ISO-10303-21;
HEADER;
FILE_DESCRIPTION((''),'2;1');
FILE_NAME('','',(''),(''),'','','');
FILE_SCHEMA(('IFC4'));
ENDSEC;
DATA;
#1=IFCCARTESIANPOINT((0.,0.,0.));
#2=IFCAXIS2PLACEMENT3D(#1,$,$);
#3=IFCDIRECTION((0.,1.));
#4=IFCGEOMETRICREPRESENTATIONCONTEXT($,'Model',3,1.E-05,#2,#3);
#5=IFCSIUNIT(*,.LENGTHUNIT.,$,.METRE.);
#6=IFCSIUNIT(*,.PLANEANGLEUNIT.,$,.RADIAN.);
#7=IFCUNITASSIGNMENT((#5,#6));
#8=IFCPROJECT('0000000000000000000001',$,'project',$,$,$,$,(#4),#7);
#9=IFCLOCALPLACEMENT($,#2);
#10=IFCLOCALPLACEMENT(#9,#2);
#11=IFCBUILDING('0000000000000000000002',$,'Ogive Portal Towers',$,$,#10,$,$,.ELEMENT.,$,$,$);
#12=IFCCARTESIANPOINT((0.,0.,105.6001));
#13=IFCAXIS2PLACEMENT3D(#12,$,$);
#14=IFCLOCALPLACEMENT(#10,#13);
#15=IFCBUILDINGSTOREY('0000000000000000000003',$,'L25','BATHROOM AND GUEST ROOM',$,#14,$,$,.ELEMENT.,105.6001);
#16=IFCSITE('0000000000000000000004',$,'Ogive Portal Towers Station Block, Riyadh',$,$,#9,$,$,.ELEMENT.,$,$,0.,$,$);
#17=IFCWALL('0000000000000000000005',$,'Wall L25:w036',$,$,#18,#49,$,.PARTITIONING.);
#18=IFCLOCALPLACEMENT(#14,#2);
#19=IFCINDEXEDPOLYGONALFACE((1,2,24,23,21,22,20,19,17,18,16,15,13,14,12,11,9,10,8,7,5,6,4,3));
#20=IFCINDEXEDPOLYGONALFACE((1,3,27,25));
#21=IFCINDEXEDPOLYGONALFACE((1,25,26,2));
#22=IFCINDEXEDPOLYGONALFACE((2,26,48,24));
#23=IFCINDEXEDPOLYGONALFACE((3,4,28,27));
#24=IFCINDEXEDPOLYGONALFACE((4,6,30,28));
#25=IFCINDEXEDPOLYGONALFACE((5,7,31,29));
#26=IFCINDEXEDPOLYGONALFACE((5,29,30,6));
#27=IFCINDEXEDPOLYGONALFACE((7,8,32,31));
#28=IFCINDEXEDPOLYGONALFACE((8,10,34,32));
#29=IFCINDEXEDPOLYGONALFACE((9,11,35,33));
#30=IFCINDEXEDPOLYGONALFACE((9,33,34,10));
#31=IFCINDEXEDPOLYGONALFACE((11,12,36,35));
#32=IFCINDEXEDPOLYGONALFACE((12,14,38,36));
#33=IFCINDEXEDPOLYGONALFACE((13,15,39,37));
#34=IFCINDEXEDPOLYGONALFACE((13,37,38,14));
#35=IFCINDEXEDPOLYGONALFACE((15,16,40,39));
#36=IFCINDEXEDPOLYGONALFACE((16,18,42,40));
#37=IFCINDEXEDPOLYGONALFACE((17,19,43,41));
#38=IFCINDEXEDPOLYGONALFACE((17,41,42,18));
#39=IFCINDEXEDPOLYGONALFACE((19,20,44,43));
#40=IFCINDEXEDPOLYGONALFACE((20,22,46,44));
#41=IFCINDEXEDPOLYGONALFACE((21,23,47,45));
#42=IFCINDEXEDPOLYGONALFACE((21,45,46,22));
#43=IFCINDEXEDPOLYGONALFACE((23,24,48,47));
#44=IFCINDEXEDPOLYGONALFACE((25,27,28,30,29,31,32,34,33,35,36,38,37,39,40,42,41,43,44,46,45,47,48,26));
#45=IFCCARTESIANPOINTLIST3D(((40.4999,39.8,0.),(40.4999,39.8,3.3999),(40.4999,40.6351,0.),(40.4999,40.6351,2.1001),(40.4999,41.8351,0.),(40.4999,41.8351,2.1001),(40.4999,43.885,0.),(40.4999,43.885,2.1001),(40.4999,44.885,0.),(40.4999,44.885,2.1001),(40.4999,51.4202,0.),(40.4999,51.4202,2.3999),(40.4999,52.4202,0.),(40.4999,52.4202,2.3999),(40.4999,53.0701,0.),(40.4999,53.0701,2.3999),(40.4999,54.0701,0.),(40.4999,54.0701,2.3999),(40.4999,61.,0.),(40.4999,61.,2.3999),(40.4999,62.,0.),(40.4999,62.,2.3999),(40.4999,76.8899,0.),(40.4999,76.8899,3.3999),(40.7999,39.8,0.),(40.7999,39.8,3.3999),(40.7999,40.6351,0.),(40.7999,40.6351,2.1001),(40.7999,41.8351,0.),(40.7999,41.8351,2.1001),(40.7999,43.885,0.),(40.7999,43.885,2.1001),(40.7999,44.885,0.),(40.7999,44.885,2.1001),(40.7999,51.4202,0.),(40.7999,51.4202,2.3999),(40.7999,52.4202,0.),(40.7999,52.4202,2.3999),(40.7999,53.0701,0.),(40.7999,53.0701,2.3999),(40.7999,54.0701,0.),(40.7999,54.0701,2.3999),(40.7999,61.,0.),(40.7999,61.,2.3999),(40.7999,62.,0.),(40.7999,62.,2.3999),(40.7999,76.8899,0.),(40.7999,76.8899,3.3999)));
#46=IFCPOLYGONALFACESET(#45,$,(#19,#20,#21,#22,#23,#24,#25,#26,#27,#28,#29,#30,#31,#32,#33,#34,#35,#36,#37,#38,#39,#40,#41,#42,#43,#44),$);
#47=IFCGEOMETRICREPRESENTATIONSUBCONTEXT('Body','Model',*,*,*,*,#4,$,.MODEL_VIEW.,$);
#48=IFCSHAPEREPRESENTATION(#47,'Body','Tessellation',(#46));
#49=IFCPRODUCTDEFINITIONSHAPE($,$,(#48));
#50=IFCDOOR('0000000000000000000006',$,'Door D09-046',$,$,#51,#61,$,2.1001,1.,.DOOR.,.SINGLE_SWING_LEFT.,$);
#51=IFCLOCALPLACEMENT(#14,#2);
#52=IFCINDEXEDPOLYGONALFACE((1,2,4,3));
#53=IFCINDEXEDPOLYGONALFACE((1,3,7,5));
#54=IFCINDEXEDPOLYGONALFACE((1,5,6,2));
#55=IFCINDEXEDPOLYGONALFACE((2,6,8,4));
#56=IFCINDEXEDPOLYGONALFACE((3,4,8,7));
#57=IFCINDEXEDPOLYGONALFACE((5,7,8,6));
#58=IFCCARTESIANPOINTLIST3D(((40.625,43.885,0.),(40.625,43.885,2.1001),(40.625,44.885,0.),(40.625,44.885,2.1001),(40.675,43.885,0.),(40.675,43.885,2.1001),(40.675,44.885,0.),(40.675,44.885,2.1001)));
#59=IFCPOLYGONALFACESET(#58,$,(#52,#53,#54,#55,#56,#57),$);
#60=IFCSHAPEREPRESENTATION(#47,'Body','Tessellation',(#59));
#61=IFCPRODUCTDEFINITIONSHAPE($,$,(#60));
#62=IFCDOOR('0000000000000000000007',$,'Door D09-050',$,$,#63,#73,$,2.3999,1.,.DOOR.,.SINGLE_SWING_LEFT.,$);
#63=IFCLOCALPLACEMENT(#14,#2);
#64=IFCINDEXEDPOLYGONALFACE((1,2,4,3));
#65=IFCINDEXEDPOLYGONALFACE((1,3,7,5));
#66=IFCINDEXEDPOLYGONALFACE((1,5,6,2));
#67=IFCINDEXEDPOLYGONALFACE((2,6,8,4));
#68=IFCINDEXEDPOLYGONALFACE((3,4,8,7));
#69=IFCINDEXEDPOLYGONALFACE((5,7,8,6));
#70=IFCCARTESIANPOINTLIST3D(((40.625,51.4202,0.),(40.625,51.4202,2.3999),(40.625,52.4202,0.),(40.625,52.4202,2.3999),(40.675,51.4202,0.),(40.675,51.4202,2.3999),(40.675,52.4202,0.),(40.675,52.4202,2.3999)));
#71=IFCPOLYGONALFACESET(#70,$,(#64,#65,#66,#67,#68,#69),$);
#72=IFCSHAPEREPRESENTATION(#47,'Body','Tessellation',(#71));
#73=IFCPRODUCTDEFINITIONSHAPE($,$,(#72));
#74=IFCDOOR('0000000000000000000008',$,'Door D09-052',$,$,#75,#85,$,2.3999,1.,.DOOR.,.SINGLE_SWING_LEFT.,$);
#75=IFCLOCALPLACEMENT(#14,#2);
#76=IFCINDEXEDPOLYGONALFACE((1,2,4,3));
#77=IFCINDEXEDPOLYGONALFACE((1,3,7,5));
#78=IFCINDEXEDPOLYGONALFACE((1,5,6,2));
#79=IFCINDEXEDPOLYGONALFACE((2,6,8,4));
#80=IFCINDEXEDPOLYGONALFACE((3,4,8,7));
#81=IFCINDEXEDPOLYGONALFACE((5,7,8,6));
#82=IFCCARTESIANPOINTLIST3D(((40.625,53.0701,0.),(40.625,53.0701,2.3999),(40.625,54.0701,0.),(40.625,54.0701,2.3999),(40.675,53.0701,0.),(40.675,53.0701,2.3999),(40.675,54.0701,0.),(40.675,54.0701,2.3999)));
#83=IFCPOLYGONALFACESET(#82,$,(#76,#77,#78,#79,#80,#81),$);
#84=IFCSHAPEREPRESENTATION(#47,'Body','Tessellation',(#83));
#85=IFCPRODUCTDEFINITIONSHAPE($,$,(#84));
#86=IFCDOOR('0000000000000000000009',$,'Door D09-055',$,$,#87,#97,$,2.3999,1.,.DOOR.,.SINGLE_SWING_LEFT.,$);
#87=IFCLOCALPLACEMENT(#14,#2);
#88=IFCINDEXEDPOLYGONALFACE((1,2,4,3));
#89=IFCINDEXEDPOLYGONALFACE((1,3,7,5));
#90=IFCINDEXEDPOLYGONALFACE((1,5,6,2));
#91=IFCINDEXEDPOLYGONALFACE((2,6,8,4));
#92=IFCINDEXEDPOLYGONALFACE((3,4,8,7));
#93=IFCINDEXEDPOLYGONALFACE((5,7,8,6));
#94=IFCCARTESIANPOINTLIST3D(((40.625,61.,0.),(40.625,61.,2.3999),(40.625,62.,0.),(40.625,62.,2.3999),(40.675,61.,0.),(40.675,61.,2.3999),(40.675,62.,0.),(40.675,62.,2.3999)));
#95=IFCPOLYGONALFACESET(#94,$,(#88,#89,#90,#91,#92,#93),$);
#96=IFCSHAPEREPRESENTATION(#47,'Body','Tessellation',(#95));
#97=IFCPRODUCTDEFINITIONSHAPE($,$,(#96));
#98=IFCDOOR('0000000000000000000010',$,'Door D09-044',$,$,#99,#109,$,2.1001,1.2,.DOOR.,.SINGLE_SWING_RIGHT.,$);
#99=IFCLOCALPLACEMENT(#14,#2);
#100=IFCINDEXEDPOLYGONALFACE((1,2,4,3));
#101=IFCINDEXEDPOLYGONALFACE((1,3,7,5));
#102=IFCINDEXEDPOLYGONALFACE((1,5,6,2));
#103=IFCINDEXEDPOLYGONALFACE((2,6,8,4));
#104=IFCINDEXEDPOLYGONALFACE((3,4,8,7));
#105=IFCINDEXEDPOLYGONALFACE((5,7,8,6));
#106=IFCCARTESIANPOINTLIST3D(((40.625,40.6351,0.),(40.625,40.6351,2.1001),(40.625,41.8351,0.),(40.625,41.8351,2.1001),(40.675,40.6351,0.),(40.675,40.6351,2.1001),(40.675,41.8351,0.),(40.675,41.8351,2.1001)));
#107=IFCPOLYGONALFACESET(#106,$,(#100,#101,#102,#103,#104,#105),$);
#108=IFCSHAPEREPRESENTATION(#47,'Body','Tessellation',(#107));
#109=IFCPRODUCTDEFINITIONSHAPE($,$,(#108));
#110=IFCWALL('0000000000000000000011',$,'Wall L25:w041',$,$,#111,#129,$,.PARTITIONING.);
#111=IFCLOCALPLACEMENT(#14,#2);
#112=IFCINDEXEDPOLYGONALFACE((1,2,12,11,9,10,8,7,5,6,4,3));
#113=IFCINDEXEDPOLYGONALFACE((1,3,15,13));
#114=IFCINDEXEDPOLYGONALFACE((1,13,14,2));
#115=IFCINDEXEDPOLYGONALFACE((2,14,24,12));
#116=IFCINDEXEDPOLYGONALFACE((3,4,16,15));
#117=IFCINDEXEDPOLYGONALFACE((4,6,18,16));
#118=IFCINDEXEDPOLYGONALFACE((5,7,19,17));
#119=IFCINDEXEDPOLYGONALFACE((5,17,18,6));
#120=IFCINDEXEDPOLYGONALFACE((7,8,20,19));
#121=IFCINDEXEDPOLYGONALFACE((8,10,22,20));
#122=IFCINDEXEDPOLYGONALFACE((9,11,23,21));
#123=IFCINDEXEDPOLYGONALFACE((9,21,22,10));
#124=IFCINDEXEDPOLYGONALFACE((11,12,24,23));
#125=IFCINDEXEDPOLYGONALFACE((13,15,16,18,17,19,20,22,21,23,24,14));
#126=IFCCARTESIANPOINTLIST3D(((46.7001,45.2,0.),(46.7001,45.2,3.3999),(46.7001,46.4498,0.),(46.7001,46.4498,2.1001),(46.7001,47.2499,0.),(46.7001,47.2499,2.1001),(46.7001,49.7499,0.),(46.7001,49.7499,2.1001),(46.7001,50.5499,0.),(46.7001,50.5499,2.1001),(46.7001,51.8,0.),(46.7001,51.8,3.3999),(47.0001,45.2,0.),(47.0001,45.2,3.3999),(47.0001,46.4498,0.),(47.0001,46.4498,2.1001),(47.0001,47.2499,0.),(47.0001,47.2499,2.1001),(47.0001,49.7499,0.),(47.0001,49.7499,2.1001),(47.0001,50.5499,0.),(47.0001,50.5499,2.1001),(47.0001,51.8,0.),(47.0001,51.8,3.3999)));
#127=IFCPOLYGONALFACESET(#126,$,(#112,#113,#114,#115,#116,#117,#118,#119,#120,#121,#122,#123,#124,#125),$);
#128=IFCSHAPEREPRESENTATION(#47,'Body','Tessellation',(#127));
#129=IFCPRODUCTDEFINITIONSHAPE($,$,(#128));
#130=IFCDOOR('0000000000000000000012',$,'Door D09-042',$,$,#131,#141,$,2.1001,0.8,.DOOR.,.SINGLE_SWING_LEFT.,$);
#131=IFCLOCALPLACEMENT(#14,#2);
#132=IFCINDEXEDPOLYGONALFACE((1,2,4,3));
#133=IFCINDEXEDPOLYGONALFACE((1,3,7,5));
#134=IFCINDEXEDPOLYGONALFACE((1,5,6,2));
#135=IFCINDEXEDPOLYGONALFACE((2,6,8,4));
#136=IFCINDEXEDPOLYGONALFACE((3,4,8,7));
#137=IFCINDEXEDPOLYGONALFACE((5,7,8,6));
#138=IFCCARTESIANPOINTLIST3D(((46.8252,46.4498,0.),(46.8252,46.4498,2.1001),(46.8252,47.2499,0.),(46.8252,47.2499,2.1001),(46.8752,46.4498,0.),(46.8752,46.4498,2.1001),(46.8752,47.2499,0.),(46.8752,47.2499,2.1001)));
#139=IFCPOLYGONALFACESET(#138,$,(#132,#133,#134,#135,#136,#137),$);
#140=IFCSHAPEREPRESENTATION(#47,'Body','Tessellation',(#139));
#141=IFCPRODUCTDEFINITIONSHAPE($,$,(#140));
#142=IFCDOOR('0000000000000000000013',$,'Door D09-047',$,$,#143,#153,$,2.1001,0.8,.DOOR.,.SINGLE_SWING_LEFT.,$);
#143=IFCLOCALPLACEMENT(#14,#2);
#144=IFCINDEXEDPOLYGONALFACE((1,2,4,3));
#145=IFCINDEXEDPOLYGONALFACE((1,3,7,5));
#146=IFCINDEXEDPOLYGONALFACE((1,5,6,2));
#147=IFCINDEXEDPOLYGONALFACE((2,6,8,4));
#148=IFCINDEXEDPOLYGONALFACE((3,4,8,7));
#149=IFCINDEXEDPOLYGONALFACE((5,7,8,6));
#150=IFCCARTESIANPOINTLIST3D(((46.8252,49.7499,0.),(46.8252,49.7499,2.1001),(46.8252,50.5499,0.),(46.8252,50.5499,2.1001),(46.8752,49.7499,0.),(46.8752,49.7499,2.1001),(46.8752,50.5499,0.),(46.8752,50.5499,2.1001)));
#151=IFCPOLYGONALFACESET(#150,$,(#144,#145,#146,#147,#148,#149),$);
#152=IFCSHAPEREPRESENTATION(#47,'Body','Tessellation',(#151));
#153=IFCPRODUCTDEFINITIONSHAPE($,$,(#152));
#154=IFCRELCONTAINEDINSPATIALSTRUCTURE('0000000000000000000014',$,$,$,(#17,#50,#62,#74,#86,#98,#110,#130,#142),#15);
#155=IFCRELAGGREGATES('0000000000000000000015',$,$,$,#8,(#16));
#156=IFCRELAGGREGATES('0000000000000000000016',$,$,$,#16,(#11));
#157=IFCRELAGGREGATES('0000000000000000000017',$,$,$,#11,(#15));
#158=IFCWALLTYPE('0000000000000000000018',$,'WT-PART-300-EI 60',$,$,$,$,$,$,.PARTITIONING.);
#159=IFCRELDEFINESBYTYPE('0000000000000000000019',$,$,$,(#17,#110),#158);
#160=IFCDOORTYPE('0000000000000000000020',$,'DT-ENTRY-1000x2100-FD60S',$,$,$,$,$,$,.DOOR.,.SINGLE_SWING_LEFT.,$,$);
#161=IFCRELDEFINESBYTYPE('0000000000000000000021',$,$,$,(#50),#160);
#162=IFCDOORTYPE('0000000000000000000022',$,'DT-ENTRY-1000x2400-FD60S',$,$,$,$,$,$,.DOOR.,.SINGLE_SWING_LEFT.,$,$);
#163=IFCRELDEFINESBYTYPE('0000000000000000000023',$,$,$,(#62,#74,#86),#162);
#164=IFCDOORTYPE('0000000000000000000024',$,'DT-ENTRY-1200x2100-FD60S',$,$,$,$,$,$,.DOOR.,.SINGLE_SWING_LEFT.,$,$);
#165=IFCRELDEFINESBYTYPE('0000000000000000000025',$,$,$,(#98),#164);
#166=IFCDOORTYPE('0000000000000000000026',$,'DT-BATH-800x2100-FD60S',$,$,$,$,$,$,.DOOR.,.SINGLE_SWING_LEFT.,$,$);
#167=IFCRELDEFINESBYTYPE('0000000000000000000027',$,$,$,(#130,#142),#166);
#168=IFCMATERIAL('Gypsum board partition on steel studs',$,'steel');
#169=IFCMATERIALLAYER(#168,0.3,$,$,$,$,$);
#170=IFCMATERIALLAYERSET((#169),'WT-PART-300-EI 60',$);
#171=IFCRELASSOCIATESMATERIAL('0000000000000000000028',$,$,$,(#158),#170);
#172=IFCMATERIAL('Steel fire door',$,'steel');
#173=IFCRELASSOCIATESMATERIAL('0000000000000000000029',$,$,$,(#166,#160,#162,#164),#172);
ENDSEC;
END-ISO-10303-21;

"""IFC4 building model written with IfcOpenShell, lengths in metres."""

from ifc_helpers import new_model, si_unit, direction, frame, frame_2d, origin, place, context, subcontext, project, spatial, rectangle, extrude, material, layer, layer_set, type_object, element, fill, save


model = new_model("IFC4")

# Units and contexts
model_context = context("Model", 3, precision=1e-05, world=origin(), true_north=direction((0.0, 1.0)))
body_context = subcontext(model_context, "Body", "Model", "MODEL_VIEW")
ifc_project = project(units=[si_unit("LENGTHUNIT", "METRE"), si_unit("PLANEANGLEUNIT", "RADIAN")], contexts=[model_context])

# Site, building, storey
site_placement = place(None, origin())
site = spatial("IfcSite", under=ifc_project, at=site_placement, Name="Ogive Portal Towers Station Block, Riyadh", CompositionType="ELEMENT", RefElevation=0.0)
building_placement = place(site_placement, origin())
building = spatial("IfcBuilding", under=site, at=building_placement, Name="Ogive Portal Towers", CompositionType="ELEMENT")
storey_placement = place(building_placement, frame((0.0, 0.0, 105.6001)))
storey = spatial("IfcBuildingStorey", under=building, at=storey_placement, Name="L25", Description="BATHROOM AND GUEST ROOM", CompositionType="ELEMENT", Elevation=105.6001)

# Shared definitions
ifc_material_1 = material(Name="Gypsum board partition on steel studs", Category="steel")
ifc_layer_1 = layer(ifc_material_1, 0.3)
ifc_layer_set_1 = layer_set([ifc_layer_1], Name="WT-PART-300-EI 60")
wall_type_1 = type_object("IfcWallType", Name="WT-PART-300-EI 60", PredefinedType="PARTITIONING", material=ifc_layer_set_1)

# Shared definitions
ifc_material_2 = material(Name="Steel fire door", Category="steel")
door_type_1 = type_object("IfcDoorType", Name="DT-BATH-800x2100-FD60S", OperationType="SINGLE_SWING_LEFT", PredefinedType="DOOR", material=ifc_material_2)

# Walls, openings, doors
wall_1_placement = place(storey_placement, frame((40.6499, 39.8, 0.0), z_axis=(0.0, 0.0, 1.0), x_axis=(0.0, 1.0, 0.0)))
wall_1 = element("IfcWall", 1, at=wall_1_placement, inside=storey, type_object=wall_type_1, Name="Wall L25:w036", PredefinedType="PARTITIONING", context=body_context, shape_type="SweptSolid", body=[
    extrude(rectangle(XDim=37.0898, YDim=0.3, at=frame_2d((18.5449, 0.0))), origin(), (0.0, 0.0, 1.0), 3.3999),
])
opening_1_placement = place(wall_1_placement, frame((0.835, 0.0, 0.0)))
opening_1 = element("IfcOpeningElement", 2, at=opening_1_placement, cuts=wall_1, PredefinedType="OPENING", context=body_context, shape_type="SweptSolid", body=[
    extrude(rectangle(XDim=1.2, YDim=2.1001, at=frame_2d((0.6001, 1.05))), frame((0.0, 0.1602, 0.0), z_axis=(0.0, -1.0, 0.0), x_axis=(1.0, 0.0, 0.0)), (0.0, 0.0, 1.0), 0.3201),
])
opening_2_placement = place(wall_1_placement, frame((4.085, 0.0, 0.0)))
opening_2 = element("IfcOpeningElement", 3, at=opening_2_placement, cuts=wall_1, PredefinedType="OPENING", context=body_context, shape_type="SweptSolid", body=[
    extrude(rectangle(XDim=1.0, YDim=2.1001, at=frame_2d((0.5, 1.05))), frame((0.0, 0.1602, 0.0), z_axis=(0.0, -1.0, 0.0), x_axis=(1.0, 0.0, 0.0)), (0.0, 0.0, 1.0), 0.3201),
])
opening_3_placement = place(wall_1_placement, frame((11.6201, 0.0, 0.0)))
opening_3 = element("IfcOpeningElement", 4, at=opening_3_placement, cuts=wall_1, PredefinedType="OPENING", context=body_context, shape_type="SweptSolid", body=[
    extrude(rectangle(XDim=1.0, YDim=2.3999, at=frame_2d((0.5, 1.2))), frame((0.0, 0.1602, 0.0), z_axis=(0.0, -1.0, 0.0), x_axis=(1.0, 0.0, 0.0)), (0.0, 0.0, 1.0), 0.3201),
])
opening_4_placement = place(wall_1_placement, frame((13.27, 0.0, 0.0)))
opening_4 = element("IfcOpeningElement", 5, at=opening_4_placement, cuts=wall_1, PredefinedType="OPENING", context=body_context, shape_type="SweptSolid", body=[
    extrude(rectangle(XDim=1.0, YDim=2.3999, at=frame_2d((0.5, 1.2))), frame((0.0, 0.1602, 0.0), z_axis=(0.0, -1.0, 0.0), x_axis=(1.0, 0.0, 0.0)), (0.0, 0.0, 1.0), 0.3201),
])
opening_5_placement = place(wall_1_placement, frame((21.2, 0.0, 0.0)))
opening_5 = element("IfcOpeningElement", 6, at=opening_5_placement, cuts=wall_1, PredefinedType="OPENING", context=body_context, shape_type="SweptSolid", body=[
    extrude(rectangle(XDim=1.0, YDim=2.3999, at=frame_2d((0.5, 1.2))), frame((0.0, 0.1602, 0.0), z_axis=(0.0, -1.0, 0.0), x_axis=(1.0, 0.0, 0.0)), (0.0, 0.0, 1.0), 0.3201),
])
door_type_2 = type_object("IfcDoorType", Name="DT-ENTRY-1000x2100-FD60S", OperationType="SINGLE_SWING_LEFT", PredefinedType="DOOR", material=ifc_material_2)
door_1_placement = place(opening_2_placement, origin())
door_1 = element("IfcDoor", 7, at=door_1_placement, inside=storey, type_object=door_type_2, Name="Door D09-046", OperationType="SINGLE_SWING_LEFT", OverallHeight=2.1001, OverallWidth=1.0, PredefinedType="DOOR", context=body_context, shape_type="SweptSolid", body=[
    extrude(rectangle(XDim=1.0, YDim=2.1001, at=frame_2d((0.5, 1.05))), frame((0.0, 0.0249, 0.0), z_axis=(0.0, -1.0, 0.0), x_axis=(1.0, 0.0, 0.0)), (0.0, 0.0, 1.0), 0.05),
])
fill(opening_2, door_1)
door_type_3 = type_object("IfcDoorType", Name="DT-ENTRY-1000x2400-FD60S", OperationType="SINGLE_SWING_LEFT", PredefinedType="DOOR", material=ifc_material_2)
door_2_placement = place(opening_3_placement, origin())
door_2 = element("IfcDoor", 8, at=door_2_placement, inside=storey, type_object=door_type_3, Name="Door D09-050", OperationType="SINGLE_SWING_LEFT", OverallHeight=2.3999, OverallWidth=1.0, PredefinedType="DOOR", context=body_context, shape_type="SweptSolid", body=[
    extrude(rectangle(XDim=1.0, YDim=2.3999, at=frame_2d((0.5, 1.2))), frame((0.0, 0.0249, 0.0), z_axis=(0.0, -1.0, 0.0), x_axis=(1.0, 0.0, 0.0)), (0.0, 0.0, 1.0), 0.05),
])
fill(opening_3, door_2)
door_3_placement = place(opening_4_placement, origin())
door_3 = element("IfcDoor", 9, at=door_3_placement, inside=storey, type_object=door_type_3, Name="Door D09-052", OperationType="SINGLE_SWING_LEFT", OverallHeight=2.3999, OverallWidth=1.0, PredefinedType="DOOR", context=body_context, shape_type="SweptSolid", body=[
    extrude(rectangle(XDim=1.0, YDim=2.3999, at=frame_2d((0.5, 1.2))), frame((0.0, 0.0249, 0.0), z_axis=(0.0, -1.0, 0.0), x_axis=(1.0, 0.0, 0.0)), (0.0, 0.0, 1.0), 0.05),
])
fill(opening_4, door_3)
door_4_placement = place(opening_5_placement, origin())
door_4 = element("IfcDoor", 10, at=door_4_placement, inside=storey, type_object=door_type_3, Name="Door D09-055", OperationType="SINGLE_SWING_LEFT", OverallHeight=2.3999, OverallWidth=1.0, PredefinedType="DOOR", context=body_context, shape_type="SweptSolid", body=[
    extrude(rectangle(XDim=1.0, YDim=2.3999, at=frame_2d((0.5, 1.2))), frame((0.0, 0.0249, 0.0), z_axis=(0.0, -1.0, 0.0), x_axis=(1.0, 0.0, 0.0)), (0.0, 0.0, 1.0), 0.05),
])
fill(opening_5, door_4)
door_type_4 = type_object("IfcDoorType", Name="DT-ENTRY-1200x2100-FD60S", OperationType="SINGLE_SWING_LEFT", PredefinedType="DOOR", material=ifc_material_2)
door_5_placement = place(opening_1_placement, origin())
door_5 = element("IfcDoor", 11, at=door_5_placement, inside=storey, type_object=door_type_4, Name="Door D09-044", OperationType="SINGLE_SWING_RIGHT", OverallHeight=2.1001, OverallWidth=1.2, PredefinedType="DOOR", context=body_context, shape_type="SweptSolid", body=[
    extrude(rectangle(XDim=1.2, YDim=2.1001, at=frame_2d((0.6001, 1.05))), frame((0.0, 0.0249, 0.0), z_axis=(0.0, -1.0, 0.0), x_axis=(1.0, 0.0, 0.0)), (0.0, 0.0, 1.0), 0.05),
])
fill(opening_1, door_5)
wall_2_placement = place(storey_placement, frame((46.8501, 45.2, 0.0), z_axis=(0.0, 0.0, 1.0), x_axis=(0.0, 1.0, 0.0)))
wall_2 = element("IfcWall", 12, at=wall_2_placement, inside=storey, type_object=wall_type_1, Name="Wall L25:w041", PredefinedType="PARTITIONING", context=body_context, shape_type="SweptSolid", body=[
    extrude(rectangle(XDim=6.6001, YDim=0.3, at=frame_2d((3.3, 0.0))), origin(), (0.0, 0.0, 1.0), 3.3999),
])
opening_6_placement = place(wall_2_placement, frame((1.25, 0.0, 0.0)))
opening_6 = element("IfcOpeningElement", 13, at=opening_6_placement, cuts=wall_2, PredefinedType="OPENING", context=body_context, shape_type="SweptSolid", body=[
    extrude(rectangle(XDim=0.8, YDim=2.1001, at=frame_2d((0.3999, 1.05))), frame((0.0, 0.1602, 0.0), z_axis=(0.0, -1.0, 0.0), x_axis=(1.0, 0.0, 0.0)), (0.0, 0.0, 1.0), 0.3201),
])
opening_7_placement = place(wall_2_placement, frame((4.55, 0.0, 0.0)))
opening_7 = element("IfcOpeningElement", 14, at=opening_7_placement, cuts=wall_2, PredefinedType="OPENING", context=body_context, shape_type="SweptSolid", body=[
    extrude(rectangle(XDim=0.8, YDim=2.1001, at=frame_2d((0.3999, 1.05))), frame((0.0, 0.1602, 0.0), z_axis=(0.0, -1.0, 0.0), x_axis=(1.0, 0.0, 0.0)), (0.0, 0.0, 1.0), 0.3201),
])
door_6_placement = place(opening_6_placement, origin())
door_6 = element("IfcDoor", 15, at=door_6_placement, inside=storey, type_object=door_type_1, Name="Door D09-042", OperationType="SINGLE_SWING_LEFT", OverallHeight=2.1001, OverallWidth=0.8, PredefinedType="DOOR", context=body_context, shape_type="SweptSolid", body=[
    extrude(rectangle(XDim=0.8, YDim=2.1001, at=frame_2d((0.3999, 1.05))), frame((0.0, 0.0249, 0.0), z_axis=(0.0, -1.0, 0.0), x_axis=(1.0, 0.0, 0.0)), (0.0, 0.0, 1.0), 0.05),
])
fill(opening_6, door_6)
door_7_placement = place(opening_7_placement, origin())
door_7 = element("IfcDoor", 16, at=door_7_placement, inside=storey, type_object=door_type_1, Name="Door D09-047", OperationType="SINGLE_SWING_LEFT", OverallHeight=2.1001, OverallWidth=0.8, PredefinedType="DOOR", context=body_context, shape_type="SweptSolid", body=[
    extrude(rectangle(XDim=0.8, YDim=2.1001, at=frame_2d((0.3999, 1.05))), frame((0.0, 0.0249, 0.0), z_axis=(0.0, -1.0, 0.0), x_axis=(1.0, 0.0, 0.0)), (0.0, 0.0, 1.0), 0.05),
])
fill(opening_7, door_7)

save(model, "model.ifc")
